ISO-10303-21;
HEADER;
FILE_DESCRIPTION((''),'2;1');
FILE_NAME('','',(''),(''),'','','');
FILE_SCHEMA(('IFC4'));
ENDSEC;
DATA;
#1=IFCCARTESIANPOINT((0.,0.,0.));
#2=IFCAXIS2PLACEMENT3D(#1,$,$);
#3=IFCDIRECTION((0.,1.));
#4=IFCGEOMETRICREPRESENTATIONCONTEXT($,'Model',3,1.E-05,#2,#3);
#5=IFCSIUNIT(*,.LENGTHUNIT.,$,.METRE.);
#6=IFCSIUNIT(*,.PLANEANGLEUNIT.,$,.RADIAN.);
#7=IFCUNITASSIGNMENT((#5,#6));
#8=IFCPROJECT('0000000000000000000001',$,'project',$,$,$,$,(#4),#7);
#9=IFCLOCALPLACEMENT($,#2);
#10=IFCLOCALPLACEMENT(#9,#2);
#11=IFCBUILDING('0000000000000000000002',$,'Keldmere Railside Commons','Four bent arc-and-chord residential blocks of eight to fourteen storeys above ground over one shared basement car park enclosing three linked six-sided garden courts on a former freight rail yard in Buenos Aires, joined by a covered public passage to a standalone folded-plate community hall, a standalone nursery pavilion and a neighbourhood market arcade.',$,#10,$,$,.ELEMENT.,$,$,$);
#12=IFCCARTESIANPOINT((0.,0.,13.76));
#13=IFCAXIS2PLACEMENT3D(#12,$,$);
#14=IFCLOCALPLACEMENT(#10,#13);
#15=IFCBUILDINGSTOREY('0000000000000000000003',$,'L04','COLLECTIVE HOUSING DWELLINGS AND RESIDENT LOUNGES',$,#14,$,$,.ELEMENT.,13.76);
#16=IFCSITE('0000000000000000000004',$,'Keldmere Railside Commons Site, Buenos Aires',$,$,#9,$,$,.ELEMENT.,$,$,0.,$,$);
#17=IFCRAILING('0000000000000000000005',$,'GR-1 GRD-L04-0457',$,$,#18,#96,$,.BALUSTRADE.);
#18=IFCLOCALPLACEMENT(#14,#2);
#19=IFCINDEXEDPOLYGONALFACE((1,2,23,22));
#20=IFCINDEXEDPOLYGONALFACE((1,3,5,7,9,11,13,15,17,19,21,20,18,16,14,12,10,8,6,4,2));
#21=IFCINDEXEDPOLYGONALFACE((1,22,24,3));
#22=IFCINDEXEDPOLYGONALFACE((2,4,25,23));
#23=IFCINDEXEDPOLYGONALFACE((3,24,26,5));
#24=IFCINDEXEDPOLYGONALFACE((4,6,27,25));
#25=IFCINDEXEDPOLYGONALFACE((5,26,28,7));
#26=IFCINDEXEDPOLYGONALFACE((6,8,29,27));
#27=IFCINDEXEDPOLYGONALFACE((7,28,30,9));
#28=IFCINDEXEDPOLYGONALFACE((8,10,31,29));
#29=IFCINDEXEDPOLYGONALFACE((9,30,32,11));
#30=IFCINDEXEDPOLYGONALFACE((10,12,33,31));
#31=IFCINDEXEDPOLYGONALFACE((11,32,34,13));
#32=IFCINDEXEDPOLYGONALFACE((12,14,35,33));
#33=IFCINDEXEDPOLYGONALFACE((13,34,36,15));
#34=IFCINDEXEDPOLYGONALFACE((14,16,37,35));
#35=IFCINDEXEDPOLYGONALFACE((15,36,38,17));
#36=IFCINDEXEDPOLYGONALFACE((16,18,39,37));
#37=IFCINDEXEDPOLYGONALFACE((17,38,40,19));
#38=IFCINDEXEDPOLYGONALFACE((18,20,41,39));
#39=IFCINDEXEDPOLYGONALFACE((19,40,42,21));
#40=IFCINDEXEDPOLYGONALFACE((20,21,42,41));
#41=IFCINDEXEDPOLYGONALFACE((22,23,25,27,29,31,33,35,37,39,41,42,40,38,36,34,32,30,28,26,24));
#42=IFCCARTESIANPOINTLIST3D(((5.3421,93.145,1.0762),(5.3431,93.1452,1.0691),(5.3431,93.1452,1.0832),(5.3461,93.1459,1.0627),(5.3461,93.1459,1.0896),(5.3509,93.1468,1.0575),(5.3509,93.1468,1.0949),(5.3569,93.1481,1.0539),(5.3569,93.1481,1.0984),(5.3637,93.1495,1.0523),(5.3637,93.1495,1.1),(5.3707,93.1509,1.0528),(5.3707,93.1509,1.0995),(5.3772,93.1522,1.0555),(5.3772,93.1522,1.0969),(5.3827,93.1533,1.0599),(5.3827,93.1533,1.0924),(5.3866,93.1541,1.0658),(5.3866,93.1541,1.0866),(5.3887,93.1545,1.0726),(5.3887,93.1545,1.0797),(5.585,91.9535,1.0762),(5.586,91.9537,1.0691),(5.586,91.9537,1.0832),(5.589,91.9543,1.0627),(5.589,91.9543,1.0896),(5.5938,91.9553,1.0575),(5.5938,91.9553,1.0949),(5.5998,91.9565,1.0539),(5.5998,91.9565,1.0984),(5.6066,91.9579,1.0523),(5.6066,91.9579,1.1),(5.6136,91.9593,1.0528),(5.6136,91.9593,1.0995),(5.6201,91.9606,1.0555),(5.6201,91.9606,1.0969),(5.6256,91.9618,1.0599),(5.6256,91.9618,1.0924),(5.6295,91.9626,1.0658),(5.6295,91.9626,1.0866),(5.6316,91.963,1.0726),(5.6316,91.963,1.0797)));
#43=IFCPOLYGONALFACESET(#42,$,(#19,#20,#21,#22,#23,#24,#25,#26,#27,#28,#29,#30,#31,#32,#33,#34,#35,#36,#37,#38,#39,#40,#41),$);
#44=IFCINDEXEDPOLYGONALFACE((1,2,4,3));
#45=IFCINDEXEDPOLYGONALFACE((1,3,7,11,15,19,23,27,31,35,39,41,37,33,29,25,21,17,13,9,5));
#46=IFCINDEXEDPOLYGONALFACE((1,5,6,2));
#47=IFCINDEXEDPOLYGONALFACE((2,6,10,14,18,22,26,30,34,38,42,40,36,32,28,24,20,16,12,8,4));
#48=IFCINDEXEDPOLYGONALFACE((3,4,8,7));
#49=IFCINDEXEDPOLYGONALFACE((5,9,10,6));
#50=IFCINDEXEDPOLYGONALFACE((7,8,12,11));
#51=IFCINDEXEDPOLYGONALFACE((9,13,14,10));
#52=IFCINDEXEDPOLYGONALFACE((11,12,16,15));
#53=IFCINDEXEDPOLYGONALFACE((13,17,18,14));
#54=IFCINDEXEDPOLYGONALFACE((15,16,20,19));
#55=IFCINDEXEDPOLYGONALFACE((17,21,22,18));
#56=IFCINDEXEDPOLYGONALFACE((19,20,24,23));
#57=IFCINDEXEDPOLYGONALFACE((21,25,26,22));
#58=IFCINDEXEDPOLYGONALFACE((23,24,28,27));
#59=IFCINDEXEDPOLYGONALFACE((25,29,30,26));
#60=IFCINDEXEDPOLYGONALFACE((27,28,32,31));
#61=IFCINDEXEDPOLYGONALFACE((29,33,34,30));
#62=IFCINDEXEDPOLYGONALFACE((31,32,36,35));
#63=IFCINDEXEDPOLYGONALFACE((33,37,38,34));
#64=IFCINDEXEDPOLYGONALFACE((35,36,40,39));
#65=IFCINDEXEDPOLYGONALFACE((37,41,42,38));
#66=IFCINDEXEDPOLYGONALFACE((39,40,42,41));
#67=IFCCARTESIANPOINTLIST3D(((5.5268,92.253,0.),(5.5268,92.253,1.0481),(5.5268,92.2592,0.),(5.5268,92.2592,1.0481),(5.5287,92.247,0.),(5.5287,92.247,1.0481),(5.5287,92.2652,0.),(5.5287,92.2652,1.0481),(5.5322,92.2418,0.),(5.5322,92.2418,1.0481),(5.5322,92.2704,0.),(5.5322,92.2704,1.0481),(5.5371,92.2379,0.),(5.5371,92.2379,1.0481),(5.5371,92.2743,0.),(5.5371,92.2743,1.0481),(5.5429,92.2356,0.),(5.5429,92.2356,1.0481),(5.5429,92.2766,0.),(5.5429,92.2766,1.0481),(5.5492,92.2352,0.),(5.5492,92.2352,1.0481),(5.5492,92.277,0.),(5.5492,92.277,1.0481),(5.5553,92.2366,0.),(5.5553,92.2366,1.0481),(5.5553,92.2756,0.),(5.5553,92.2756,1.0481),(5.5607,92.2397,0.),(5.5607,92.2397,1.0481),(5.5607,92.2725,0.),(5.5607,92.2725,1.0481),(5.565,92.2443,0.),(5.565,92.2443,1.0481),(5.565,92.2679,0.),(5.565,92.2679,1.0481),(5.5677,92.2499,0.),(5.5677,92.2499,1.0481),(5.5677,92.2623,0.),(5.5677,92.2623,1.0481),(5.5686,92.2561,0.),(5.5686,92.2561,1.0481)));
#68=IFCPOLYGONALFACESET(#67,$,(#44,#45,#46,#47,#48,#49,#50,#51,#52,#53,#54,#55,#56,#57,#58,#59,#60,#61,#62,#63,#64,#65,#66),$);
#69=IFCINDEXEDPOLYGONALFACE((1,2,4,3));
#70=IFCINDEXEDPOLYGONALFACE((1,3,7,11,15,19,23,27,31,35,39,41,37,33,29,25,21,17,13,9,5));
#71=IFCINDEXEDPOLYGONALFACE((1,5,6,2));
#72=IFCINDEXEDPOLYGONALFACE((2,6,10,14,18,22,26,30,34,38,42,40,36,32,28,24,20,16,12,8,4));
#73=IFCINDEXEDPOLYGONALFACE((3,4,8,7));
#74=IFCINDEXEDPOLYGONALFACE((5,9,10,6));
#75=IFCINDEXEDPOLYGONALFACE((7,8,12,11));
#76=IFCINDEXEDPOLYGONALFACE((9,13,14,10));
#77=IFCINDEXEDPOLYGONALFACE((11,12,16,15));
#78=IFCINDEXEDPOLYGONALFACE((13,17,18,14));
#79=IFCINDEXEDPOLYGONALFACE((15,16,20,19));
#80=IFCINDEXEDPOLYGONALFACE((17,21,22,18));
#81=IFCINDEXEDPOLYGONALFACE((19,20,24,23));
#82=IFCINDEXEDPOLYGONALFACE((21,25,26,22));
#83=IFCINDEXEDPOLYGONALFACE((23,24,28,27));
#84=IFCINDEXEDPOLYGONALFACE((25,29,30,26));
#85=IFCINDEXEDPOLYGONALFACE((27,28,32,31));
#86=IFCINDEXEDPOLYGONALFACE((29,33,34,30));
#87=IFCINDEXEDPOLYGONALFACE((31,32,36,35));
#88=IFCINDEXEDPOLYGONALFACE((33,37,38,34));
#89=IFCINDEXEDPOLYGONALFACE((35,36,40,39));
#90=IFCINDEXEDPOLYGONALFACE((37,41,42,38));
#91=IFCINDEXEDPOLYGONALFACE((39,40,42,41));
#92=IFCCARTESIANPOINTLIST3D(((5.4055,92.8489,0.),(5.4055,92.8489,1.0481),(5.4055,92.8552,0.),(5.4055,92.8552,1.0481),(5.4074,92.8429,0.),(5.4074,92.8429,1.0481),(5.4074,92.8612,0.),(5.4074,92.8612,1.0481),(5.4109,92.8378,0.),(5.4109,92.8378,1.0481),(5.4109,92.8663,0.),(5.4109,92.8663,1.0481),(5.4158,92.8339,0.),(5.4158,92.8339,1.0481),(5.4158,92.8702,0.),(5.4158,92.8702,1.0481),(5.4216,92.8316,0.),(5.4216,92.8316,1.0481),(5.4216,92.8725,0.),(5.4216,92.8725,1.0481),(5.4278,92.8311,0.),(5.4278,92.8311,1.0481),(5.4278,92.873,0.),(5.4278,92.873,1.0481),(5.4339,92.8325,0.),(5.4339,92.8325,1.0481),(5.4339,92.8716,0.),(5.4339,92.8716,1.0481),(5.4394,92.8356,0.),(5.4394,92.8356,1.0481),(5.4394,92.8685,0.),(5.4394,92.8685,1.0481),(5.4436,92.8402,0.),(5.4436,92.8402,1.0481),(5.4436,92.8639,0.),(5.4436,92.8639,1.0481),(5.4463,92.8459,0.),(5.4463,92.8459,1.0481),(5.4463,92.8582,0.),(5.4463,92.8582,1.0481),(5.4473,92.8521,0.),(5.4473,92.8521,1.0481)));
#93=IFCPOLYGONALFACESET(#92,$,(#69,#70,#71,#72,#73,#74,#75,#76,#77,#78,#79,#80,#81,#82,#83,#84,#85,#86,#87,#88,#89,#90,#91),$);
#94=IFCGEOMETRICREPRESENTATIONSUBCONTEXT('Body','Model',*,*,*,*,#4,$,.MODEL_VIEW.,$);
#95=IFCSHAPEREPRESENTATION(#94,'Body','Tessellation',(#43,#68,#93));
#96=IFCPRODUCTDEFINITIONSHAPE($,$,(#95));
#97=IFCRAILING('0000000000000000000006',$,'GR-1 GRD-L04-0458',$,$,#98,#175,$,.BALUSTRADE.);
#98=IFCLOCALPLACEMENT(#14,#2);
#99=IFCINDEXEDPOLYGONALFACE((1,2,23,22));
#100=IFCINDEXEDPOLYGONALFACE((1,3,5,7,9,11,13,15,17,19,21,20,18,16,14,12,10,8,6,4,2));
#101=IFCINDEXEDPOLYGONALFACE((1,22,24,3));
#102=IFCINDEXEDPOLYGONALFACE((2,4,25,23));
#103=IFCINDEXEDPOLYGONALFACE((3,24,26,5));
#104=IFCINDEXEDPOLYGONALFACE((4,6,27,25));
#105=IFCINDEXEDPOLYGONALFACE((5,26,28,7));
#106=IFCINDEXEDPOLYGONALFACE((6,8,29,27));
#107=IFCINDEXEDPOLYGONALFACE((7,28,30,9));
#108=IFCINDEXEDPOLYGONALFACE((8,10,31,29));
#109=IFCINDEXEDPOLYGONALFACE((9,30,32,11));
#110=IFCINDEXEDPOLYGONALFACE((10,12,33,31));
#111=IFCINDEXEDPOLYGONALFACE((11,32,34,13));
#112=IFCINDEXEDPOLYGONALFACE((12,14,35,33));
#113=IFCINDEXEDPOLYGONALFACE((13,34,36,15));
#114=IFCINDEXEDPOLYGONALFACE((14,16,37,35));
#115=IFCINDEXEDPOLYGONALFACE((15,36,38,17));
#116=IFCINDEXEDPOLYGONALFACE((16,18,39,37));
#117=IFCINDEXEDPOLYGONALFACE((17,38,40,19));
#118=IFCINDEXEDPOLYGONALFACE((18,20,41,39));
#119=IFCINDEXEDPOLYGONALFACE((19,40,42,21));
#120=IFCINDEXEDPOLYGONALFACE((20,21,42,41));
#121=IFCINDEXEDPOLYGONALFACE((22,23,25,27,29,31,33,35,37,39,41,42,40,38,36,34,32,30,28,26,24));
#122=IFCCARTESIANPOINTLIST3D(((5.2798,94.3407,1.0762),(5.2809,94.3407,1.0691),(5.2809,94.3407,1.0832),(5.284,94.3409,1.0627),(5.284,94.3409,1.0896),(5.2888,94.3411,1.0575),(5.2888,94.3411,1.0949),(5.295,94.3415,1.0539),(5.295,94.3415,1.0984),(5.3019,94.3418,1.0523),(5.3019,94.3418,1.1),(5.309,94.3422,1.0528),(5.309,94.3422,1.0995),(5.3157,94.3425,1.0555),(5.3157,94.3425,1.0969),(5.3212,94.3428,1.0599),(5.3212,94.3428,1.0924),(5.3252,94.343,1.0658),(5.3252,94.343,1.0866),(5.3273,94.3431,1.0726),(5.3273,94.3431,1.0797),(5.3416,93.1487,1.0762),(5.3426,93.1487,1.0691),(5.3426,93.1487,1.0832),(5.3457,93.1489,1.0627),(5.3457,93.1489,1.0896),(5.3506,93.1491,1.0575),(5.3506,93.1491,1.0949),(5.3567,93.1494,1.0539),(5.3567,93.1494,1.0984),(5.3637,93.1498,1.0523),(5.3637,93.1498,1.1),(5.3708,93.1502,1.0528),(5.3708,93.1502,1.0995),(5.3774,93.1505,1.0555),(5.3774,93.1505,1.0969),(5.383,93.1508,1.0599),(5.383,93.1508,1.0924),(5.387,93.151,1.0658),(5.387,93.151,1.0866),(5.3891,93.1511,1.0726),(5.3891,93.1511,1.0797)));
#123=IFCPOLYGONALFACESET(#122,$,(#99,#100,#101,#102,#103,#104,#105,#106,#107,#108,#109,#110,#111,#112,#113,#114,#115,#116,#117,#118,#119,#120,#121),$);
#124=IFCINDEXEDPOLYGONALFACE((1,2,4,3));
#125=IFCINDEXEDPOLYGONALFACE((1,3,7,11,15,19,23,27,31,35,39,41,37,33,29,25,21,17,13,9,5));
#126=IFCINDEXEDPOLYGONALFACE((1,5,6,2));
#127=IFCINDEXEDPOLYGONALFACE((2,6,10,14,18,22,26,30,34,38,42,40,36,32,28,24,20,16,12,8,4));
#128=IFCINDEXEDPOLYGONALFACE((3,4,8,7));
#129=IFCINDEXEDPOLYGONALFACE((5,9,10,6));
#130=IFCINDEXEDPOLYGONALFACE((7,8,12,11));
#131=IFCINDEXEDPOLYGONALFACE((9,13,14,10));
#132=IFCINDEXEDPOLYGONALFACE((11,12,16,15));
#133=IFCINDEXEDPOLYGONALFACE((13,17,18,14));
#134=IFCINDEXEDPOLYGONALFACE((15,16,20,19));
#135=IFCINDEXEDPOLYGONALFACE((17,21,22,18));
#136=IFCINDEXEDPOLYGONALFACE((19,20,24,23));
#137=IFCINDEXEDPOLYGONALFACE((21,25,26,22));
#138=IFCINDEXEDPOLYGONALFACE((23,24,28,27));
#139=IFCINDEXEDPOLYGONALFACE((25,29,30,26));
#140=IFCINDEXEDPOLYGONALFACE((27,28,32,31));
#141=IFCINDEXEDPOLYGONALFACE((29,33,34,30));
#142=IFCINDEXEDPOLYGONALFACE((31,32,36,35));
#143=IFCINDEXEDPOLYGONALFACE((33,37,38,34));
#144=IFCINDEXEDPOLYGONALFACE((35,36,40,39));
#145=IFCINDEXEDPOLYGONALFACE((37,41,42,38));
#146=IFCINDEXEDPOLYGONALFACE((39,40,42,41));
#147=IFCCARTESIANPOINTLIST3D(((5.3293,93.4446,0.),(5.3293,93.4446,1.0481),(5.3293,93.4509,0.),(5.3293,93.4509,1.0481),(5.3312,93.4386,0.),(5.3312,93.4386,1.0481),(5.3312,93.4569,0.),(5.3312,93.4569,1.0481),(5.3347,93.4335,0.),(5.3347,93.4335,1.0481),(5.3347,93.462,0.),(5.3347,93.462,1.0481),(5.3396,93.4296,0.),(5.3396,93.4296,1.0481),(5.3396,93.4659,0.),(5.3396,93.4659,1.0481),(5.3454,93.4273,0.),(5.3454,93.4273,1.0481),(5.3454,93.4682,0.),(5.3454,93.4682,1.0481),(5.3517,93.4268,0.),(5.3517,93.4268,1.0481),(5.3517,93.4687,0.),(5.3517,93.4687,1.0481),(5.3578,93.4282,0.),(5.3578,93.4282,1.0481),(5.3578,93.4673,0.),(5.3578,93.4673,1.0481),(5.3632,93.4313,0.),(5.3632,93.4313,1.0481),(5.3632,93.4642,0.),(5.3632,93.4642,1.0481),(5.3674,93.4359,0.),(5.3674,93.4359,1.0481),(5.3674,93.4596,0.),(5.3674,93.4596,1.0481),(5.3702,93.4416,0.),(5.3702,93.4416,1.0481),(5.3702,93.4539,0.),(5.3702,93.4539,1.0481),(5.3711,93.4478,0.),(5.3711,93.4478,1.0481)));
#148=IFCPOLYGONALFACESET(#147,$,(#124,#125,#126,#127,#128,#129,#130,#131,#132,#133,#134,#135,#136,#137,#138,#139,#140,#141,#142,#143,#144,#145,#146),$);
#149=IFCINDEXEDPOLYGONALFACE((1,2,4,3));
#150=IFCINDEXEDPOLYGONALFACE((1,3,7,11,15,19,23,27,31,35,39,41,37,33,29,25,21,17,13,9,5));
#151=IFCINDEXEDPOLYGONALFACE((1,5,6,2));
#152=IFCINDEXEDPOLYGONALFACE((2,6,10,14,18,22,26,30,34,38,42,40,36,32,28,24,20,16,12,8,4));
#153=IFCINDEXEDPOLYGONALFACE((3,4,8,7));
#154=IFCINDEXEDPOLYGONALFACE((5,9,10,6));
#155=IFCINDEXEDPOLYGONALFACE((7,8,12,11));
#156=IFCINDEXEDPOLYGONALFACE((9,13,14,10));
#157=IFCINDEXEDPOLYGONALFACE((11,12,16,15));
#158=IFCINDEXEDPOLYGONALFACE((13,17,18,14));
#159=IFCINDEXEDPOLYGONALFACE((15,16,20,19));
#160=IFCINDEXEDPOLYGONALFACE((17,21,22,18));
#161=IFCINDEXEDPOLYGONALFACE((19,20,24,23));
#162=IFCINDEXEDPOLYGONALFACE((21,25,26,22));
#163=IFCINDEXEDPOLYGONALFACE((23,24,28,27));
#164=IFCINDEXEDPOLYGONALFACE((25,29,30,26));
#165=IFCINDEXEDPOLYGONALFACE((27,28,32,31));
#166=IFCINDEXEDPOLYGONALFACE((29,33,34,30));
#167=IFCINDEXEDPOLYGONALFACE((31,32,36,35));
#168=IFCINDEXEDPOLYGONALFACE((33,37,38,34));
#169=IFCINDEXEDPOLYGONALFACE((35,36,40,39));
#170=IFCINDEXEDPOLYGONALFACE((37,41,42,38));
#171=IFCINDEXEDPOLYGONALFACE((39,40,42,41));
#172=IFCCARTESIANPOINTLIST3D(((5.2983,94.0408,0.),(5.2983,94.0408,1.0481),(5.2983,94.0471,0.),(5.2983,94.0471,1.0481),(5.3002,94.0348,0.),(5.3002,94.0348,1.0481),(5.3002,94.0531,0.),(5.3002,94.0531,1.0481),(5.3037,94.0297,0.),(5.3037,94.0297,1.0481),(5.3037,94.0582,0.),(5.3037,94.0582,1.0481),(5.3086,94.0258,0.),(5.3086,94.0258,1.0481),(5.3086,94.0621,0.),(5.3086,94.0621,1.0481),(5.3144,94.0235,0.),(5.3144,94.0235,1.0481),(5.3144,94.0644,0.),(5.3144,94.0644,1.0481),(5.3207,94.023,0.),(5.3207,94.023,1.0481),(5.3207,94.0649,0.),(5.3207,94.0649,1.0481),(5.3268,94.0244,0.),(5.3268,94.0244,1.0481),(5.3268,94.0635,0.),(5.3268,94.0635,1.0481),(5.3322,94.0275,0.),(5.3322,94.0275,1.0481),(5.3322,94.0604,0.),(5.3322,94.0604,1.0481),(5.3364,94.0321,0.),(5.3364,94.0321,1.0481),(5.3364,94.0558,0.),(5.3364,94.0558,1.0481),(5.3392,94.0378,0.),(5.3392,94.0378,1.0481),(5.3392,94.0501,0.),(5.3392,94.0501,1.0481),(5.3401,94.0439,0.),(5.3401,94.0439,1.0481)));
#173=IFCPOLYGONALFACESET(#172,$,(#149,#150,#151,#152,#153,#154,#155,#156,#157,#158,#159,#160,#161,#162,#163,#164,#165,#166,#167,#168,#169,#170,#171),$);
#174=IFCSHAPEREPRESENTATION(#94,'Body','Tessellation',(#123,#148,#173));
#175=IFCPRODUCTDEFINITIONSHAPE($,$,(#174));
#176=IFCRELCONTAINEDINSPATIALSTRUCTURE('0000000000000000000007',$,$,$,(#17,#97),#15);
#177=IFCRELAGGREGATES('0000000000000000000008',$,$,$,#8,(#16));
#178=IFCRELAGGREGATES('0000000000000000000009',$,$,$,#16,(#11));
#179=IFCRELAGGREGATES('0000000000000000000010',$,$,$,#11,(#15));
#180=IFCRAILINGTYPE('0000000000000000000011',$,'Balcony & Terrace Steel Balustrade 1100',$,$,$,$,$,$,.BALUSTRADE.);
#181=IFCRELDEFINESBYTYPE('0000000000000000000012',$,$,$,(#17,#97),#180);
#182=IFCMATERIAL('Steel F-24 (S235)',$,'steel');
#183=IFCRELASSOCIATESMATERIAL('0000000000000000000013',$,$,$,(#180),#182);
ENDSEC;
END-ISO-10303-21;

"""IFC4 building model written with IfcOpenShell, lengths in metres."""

from ifc_helpers import new_model, si_unit, direction, frame, origin, origin_2d, place, context, subcontext, project, spatial, circle, extrude, material, type_object, element, save


model = new_model("IFC4")

# Units and contexts
model_context = context("Model", 3, precision=1e-05, world=origin(), true_north=direction((0.0, 1.0)))
body_context = subcontext(model_context, "Body", "Model", "MODEL_VIEW")
ifc_project = project(units=[si_unit("LENGTHUNIT", "METRE"), si_unit("PLANEANGLEUNIT", "RADIAN")], contexts=[model_context])

# Site, building, storey
site_placement = place(None, origin())
site = spatial("IfcSite", under=ifc_project, at=site_placement, Name="Keldmere Railside Commons Site, Buenos Aires", CompositionType="ELEMENT", RefElevation=0.0)
building_placement = place(site_placement, origin())
building = spatial("IfcBuilding", under=site, at=building_placement, Name="Keldmere Railside Commons", Description="Four bent arc-and-chord residential blocks of eight to fourteen storeys above ground over one shared basement car park enclosing three linked six-sided garden courts on a former freight rail yard in Buenos Aires, joined by a covered public passage to a standalone folded-plate community hall, a standalone nursery pavilion and a neighbourhood market arcade.", CompositionType="ELEMENT")
storey_placement = place(building_placement, frame((0.0, 0.0, 13.76)))
storey = spatial("IfcBuildingStorey", under=building, at=storey_placement, Name="L04", Description="COLLECTIVE HOUSING DWELLINGS AND RESIDENT LOUNGES", CompositionType="ELEMENT", Elevation=13.76)

# Railings
ifc_material_1 = material(Name="Steel F-24 (S235)", Category="steel")
railing_type = type_object("IfcRailingType", Name="Balcony & Terrace Steel Balustrade 1100", PredefinedType="BALUSTRADE", material=ifc_material_1)
railing_1_placement = place(storey_placement, frame((5.6084, 91.9583, 0.0)))
element("IfcRailing", 1, at=railing_1_placement, inside=storey, type_object=railing_type, Name="GR-1 GRD-L04-0457", PredefinedType="BALUSTRADE", context=body_context, shape_type="SweptSolid", body=[
    extrude(circle(Radius=0.0239, at=origin_2d()), frame((0.0, 0.0, 1.0762), z_axis=(-0.199744, 0.979848, 0.0), x_axis=(-0.979848, -0.199744, 0.0)), (0.0, 0.0, 1.0), 1.2161),
    extrude(circle(Radius=0.021, at=origin_2d()), frame((-0.0608, 0.2979, 0.0)), (0.0, 0.0, 1.0), 1.0481),
    extrude(circle(Radius=0.021, at=origin_2d()), frame((-0.1821, 0.8938, 0.0)), (0.0, 0.0, 1.0), 1.0481),
])
railing_2_placement = place(storey_placement, frame((5.3655, 93.1499, 0.0)))
element("IfcRailing", 2, at=railing_2_placement, inside=storey, type_object=railing_type, Name="GR-1 GRD-L04-0458", PredefinedType="BALUSTRADE", context=body_context, shape_type="SweptSolid", body=[
    extrude(circle(Radius=0.0239, at=origin_2d()), frame((0.0, 0.0, 1.0762), z_axis=(-0.051754, 0.99866, 0.0), x_axis=(-0.99866, -0.051754, 0.0)), (0.0, 0.0, 1.0), 1.1936),
    extrude(circle(Radius=0.021, at=origin_2d()), frame((-0.0154, 0.2979, 0.0)), (0.0, 0.0, 1.0), 1.0481),
    extrude(circle(Radius=0.021, at=origin_2d()), frame((-0.0464, 0.894, 0.0)), (0.0, 0.0, 1.0), 1.0481),
])

save(model, "model.ifc")
